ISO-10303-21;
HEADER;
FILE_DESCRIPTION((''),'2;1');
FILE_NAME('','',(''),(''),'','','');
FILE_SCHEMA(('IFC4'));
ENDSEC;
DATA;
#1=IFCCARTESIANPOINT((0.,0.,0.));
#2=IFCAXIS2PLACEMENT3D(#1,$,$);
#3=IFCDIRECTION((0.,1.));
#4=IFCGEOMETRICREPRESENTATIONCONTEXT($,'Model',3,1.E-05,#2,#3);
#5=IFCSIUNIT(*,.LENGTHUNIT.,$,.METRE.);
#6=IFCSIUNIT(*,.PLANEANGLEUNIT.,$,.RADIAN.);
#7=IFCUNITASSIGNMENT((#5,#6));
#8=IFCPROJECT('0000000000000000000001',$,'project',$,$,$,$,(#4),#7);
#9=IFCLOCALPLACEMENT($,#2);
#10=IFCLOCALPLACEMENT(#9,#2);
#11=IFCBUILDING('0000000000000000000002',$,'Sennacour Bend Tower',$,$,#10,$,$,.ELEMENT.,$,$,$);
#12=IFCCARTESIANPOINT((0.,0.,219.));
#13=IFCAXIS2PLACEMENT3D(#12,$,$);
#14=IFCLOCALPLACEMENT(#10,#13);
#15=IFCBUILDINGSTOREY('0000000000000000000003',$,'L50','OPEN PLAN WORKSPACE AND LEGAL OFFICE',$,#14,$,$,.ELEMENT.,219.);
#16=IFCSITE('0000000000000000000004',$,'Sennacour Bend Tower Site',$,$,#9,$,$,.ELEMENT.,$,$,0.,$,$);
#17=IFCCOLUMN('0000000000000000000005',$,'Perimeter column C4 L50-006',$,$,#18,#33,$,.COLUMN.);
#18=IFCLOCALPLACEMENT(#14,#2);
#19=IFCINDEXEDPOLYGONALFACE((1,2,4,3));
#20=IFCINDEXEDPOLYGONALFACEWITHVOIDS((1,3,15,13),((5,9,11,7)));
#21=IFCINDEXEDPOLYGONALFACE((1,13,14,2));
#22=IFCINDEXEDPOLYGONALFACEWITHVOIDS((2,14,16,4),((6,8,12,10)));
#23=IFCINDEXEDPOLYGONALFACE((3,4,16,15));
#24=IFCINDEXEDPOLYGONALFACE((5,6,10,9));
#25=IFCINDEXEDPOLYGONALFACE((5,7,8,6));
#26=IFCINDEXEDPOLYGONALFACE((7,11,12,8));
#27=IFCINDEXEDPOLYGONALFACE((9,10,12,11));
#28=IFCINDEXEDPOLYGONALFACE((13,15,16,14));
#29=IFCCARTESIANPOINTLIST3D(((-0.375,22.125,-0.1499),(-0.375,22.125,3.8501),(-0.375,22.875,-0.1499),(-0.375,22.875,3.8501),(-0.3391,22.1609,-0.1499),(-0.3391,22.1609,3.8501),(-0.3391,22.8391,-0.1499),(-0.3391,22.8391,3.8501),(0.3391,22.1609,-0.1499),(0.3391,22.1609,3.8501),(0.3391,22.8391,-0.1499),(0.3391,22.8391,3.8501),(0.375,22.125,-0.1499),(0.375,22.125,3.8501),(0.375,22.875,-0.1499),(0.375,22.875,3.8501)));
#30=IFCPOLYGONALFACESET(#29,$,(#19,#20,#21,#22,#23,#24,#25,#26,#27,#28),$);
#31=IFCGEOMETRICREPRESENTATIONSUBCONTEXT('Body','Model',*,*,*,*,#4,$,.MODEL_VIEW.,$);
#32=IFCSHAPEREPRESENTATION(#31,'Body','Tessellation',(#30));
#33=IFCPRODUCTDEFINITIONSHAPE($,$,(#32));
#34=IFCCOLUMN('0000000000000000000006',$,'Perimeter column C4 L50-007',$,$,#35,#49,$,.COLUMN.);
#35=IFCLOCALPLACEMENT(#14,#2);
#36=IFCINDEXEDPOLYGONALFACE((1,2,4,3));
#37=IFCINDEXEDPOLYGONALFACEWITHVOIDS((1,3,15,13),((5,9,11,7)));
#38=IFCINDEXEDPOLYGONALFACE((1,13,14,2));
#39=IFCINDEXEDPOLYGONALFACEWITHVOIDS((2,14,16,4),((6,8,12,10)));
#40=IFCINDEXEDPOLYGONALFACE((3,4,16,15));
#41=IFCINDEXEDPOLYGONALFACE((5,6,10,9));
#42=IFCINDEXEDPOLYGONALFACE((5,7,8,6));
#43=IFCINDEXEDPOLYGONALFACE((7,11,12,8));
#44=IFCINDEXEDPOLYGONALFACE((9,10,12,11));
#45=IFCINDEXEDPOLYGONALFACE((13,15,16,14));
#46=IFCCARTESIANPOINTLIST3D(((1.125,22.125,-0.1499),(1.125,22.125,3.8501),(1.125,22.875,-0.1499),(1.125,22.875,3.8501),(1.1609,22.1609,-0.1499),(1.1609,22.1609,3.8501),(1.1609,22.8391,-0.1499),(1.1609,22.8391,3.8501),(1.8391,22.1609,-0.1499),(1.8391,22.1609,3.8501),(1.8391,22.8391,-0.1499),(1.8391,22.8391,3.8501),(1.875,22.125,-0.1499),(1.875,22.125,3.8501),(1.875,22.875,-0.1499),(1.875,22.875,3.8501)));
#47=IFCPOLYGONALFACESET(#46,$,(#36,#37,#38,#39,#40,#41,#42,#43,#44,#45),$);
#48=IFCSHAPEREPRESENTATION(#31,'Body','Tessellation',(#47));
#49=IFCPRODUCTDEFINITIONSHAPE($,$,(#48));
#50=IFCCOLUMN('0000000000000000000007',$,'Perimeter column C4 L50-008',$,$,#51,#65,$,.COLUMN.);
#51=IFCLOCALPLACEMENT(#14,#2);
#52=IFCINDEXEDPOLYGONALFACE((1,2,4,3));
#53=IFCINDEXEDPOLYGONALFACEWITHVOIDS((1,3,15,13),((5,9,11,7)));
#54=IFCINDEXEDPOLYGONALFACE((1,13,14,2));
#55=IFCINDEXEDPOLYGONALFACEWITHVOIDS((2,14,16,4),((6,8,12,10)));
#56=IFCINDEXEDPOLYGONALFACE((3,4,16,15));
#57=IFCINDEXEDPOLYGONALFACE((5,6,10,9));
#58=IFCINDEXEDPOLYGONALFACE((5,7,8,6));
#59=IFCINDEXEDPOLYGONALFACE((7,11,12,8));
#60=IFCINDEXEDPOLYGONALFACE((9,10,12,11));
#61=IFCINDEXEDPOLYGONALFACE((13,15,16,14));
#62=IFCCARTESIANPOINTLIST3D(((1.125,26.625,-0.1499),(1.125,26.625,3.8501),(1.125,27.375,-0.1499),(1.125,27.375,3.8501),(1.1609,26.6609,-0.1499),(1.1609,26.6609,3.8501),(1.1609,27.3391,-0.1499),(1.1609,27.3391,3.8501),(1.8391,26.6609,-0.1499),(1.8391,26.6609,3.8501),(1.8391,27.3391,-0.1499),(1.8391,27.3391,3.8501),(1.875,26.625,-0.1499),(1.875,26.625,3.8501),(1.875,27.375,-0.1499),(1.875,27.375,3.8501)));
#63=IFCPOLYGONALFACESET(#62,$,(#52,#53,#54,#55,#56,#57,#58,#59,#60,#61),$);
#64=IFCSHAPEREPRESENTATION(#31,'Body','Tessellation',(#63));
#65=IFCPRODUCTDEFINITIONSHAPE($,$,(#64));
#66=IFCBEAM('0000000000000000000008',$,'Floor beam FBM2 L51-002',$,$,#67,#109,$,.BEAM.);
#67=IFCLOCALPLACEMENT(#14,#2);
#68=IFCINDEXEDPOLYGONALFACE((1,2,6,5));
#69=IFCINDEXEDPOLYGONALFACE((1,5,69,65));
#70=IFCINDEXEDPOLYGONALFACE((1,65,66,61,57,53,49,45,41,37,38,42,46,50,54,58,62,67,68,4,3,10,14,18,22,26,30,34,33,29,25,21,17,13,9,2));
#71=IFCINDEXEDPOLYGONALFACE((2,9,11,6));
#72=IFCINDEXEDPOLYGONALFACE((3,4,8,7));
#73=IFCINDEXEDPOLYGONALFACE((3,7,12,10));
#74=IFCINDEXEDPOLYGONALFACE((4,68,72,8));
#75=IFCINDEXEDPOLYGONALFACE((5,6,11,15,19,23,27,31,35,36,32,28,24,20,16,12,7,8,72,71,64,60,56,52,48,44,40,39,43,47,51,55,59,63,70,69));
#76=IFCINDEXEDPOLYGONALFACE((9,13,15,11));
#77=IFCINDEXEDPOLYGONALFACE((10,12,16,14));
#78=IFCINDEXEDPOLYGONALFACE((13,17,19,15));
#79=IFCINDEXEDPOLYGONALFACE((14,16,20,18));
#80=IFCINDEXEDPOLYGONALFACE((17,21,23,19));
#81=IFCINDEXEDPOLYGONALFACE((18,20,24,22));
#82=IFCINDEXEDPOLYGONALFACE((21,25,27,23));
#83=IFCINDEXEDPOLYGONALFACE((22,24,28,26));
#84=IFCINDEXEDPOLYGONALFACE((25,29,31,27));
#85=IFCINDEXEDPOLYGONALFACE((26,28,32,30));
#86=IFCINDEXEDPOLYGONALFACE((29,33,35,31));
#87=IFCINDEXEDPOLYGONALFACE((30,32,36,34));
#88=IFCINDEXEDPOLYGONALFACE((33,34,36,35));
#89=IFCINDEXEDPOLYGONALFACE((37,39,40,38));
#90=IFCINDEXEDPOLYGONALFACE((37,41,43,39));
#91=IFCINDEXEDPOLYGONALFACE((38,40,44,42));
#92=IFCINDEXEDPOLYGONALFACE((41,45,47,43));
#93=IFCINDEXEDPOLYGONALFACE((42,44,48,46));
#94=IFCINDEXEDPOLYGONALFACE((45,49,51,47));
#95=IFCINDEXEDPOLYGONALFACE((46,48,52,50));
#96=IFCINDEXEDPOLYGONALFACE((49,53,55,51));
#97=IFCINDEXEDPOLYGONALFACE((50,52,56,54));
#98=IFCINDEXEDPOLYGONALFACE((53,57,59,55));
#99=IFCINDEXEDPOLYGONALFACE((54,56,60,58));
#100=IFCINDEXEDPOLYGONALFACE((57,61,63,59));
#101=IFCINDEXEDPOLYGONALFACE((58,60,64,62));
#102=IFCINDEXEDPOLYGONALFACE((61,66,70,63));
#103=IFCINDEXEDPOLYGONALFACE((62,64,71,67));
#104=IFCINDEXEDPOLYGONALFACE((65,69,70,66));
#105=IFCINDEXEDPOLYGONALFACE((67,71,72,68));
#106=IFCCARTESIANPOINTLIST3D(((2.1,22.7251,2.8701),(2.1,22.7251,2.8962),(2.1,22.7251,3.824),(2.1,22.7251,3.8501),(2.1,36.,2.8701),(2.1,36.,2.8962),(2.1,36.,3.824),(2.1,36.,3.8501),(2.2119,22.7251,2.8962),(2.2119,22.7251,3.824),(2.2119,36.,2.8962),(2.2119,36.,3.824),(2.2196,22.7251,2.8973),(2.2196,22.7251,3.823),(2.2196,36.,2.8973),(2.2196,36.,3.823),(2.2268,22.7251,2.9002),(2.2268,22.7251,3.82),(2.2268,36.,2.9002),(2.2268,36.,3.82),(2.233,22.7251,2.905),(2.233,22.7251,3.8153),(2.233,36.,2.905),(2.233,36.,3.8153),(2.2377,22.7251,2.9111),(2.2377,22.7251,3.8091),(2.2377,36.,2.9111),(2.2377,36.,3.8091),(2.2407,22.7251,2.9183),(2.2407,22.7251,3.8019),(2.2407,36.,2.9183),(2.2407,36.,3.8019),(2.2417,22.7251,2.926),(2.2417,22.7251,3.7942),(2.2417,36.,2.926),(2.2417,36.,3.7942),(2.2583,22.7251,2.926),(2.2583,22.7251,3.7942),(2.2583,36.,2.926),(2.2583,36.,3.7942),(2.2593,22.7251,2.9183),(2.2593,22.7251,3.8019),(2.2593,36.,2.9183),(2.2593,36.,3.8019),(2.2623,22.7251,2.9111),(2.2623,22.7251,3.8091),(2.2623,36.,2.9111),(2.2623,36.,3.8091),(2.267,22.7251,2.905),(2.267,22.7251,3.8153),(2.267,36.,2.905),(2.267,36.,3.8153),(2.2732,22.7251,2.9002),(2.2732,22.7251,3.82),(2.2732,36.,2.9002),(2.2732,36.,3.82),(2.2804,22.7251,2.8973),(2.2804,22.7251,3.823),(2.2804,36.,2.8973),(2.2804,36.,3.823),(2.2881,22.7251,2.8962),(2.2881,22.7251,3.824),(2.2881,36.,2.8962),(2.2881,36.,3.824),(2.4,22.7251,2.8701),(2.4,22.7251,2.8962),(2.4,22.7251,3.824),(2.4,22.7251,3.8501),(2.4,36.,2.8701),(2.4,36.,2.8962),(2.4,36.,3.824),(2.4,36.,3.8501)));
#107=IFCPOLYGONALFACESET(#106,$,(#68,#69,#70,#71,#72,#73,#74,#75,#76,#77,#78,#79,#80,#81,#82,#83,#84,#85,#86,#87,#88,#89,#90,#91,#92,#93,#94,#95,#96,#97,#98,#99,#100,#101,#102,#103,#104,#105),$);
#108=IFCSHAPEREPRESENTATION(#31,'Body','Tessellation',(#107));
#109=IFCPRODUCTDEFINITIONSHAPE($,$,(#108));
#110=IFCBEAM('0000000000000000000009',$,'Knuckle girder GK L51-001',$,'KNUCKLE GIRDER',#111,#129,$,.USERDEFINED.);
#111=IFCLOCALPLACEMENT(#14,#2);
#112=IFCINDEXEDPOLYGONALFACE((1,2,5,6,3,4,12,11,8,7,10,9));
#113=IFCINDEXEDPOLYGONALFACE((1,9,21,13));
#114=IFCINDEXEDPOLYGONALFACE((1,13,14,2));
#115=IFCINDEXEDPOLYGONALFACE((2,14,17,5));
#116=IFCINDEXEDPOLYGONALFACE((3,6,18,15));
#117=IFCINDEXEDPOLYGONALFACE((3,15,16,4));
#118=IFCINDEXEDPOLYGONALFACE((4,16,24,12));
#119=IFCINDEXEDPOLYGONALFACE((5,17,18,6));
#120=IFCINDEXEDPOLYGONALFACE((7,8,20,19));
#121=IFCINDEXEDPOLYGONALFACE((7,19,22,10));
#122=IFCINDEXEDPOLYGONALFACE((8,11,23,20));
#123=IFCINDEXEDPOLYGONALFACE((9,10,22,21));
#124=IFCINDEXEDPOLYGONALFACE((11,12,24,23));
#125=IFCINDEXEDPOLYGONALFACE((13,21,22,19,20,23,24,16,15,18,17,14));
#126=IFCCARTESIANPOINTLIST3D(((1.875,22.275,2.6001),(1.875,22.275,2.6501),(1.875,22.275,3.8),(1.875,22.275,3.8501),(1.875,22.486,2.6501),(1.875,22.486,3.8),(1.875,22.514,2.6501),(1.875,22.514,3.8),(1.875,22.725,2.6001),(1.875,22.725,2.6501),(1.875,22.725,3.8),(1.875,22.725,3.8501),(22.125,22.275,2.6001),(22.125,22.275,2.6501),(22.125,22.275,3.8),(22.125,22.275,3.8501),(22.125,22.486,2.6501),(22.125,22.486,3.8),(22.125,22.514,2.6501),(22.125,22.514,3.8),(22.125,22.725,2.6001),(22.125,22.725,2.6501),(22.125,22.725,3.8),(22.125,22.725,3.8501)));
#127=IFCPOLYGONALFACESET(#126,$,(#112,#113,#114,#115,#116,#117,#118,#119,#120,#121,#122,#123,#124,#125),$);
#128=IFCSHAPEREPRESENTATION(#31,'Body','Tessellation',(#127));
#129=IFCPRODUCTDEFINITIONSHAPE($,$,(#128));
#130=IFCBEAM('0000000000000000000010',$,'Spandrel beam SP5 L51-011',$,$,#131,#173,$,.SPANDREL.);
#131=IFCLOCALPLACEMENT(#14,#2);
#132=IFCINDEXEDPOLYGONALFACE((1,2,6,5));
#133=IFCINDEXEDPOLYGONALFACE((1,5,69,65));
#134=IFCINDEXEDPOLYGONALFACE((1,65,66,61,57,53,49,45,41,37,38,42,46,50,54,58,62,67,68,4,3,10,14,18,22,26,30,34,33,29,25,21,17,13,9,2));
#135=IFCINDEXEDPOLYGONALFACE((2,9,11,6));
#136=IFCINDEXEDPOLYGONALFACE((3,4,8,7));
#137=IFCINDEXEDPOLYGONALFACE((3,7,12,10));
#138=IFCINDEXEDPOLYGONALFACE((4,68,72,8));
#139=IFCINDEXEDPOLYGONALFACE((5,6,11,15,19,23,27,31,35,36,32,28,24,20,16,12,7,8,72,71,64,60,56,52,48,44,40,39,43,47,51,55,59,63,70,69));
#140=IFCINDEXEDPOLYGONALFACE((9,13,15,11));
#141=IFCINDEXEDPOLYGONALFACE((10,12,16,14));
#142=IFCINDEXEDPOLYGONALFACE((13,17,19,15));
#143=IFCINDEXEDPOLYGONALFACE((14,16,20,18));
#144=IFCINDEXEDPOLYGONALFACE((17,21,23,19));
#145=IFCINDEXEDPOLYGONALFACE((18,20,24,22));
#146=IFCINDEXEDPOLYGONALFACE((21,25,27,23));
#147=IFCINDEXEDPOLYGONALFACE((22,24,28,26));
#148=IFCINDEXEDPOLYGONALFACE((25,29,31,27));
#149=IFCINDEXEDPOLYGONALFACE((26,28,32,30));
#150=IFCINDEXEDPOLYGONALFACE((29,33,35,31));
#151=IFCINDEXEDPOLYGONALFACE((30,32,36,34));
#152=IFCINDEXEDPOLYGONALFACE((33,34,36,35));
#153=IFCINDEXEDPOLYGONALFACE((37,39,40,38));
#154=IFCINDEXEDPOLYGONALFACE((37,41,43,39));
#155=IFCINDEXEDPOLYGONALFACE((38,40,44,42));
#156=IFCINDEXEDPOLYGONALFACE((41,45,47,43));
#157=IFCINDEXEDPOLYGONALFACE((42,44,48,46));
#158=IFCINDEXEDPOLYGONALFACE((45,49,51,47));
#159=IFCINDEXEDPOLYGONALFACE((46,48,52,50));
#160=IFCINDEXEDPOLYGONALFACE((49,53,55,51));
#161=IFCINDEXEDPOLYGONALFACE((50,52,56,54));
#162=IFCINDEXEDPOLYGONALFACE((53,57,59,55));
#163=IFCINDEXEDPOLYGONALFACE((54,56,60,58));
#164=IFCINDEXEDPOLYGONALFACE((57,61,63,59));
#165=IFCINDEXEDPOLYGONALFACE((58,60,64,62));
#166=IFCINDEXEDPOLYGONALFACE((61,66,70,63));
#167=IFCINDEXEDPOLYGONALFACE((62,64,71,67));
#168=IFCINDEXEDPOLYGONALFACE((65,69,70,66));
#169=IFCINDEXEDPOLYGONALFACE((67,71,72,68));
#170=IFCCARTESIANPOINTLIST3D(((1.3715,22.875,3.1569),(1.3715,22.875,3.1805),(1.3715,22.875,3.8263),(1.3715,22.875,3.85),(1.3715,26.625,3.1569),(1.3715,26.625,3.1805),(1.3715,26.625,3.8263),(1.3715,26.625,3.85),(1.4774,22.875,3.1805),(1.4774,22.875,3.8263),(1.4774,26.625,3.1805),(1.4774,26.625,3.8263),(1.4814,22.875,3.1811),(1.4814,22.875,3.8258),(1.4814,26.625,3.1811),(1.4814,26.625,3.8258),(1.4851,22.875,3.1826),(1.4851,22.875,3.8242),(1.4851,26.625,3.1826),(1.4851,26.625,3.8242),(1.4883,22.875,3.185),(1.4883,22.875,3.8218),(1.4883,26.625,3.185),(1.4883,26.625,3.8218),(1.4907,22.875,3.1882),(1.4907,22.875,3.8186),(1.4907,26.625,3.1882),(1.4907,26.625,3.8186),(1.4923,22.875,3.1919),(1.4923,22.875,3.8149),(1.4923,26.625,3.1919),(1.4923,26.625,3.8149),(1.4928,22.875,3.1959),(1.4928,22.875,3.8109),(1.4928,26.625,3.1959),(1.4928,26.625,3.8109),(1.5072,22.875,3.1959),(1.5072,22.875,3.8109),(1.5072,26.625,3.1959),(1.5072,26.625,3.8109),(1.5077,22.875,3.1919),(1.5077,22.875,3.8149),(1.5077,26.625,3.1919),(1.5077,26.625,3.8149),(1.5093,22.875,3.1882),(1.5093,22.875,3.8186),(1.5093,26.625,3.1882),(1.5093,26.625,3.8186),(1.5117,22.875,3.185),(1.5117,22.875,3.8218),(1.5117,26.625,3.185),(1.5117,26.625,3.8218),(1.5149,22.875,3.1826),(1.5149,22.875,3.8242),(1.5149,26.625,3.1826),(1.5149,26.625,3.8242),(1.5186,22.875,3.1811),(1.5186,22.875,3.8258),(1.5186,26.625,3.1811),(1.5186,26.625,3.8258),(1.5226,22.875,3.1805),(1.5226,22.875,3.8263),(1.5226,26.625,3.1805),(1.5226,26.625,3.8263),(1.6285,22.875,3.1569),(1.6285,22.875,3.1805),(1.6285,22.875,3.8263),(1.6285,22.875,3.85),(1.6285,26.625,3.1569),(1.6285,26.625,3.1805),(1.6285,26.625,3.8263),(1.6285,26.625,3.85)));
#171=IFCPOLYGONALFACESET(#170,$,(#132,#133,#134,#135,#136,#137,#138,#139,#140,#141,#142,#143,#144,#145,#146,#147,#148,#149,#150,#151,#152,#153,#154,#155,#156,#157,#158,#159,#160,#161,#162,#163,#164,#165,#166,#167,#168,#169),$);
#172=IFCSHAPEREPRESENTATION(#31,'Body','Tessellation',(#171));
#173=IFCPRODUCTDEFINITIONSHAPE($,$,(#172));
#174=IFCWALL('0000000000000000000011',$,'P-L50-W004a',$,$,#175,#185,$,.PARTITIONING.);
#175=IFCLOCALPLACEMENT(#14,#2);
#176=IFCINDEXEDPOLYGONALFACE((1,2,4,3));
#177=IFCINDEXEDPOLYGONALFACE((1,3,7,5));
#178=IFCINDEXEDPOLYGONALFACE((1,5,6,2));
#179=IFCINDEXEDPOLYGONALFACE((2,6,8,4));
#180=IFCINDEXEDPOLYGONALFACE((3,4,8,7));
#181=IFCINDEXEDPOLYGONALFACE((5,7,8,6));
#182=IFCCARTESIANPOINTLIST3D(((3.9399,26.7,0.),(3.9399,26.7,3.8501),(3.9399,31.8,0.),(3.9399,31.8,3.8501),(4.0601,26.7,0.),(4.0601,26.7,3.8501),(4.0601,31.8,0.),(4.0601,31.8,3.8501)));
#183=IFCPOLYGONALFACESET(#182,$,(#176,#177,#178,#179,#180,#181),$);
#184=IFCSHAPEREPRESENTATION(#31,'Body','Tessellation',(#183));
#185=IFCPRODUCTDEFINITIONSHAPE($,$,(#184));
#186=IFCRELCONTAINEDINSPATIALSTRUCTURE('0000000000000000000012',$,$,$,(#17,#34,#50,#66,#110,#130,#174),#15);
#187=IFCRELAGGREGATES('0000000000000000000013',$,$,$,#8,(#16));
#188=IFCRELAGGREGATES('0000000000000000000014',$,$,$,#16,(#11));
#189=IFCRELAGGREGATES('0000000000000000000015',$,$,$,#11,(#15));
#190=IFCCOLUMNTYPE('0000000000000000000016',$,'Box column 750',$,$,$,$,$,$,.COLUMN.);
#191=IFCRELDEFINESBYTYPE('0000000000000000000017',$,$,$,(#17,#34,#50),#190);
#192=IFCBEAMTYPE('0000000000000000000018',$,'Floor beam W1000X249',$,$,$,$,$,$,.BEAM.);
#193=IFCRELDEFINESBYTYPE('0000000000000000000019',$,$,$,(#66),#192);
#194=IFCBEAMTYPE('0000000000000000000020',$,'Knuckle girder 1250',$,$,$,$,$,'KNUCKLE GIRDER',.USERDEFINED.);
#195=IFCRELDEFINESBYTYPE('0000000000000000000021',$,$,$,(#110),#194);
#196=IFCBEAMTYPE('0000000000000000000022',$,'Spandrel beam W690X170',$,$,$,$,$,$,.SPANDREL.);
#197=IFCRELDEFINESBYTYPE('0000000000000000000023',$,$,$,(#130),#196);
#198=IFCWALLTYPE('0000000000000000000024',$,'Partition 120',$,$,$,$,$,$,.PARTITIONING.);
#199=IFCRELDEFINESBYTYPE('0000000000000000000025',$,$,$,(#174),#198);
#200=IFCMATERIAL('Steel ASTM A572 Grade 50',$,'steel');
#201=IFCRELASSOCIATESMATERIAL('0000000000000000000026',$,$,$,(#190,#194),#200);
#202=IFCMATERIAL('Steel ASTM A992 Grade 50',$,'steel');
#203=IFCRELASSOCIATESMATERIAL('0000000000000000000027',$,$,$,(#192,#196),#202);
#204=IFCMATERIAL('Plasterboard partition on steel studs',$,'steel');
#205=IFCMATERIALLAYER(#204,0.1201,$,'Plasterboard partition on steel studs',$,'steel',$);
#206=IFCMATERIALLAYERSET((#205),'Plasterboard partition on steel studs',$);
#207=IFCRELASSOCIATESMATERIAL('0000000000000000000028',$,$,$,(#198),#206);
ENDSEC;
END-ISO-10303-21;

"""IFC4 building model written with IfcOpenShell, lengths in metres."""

from ifc_helpers import new_model, si_unit, direction, frame, frame_2d, origin, origin_2d, place, context, subcontext, project, spatial, rectangle, hollow_rectangle, i_section, extrude, material, layer, layer_set, material_profile, profile_set, type_object, element, save


model = new_model("IFC4")

# Units and contexts
model_context = context("Model", 3, precision=1e-05, world=origin(), true_north=direction((0.0, 1.0)))
body_context = subcontext(model_context, "Body", "Model", "MODEL_VIEW")
ifc_project = project(units=[si_unit("LENGTHUNIT", "METRE"), si_unit("PLANEANGLEUNIT", "RADIAN")], contexts=[model_context])

# Site, building, storey
site_placement = place(None, origin())
site = spatial("IfcSite", under=ifc_project, at=site_placement, Name="Sennacour Bend Tower Site", CompositionType="ELEMENT", RefElevation=0.0)
building_placement = place(site_placement, origin())
building = spatial("IfcBuilding", under=site, at=building_placement, Name="Sennacour Bend Tower", CompositionType="ELEMENT")
storey_placement = place(building_placement, frame((0.0, 0.0, 219.0)))
storey = spatial("IfcBuildingStorey", under=building, at=storey_placement, Name="L50", Description="OPEN PLAN WORKSPACE AND LEGAL OFFICE", CompositionType="ELEMENT", Elevation=219.0)

# Columns
ifc_material_1 = material(Name="Steel ASTM A572 Grade 50", Category="steel")
ifc_material_profile_1 = material_profile(ifc_material_1, hollow_rectangle(XDim=0.75, YDim=0.75, WallThickness=0.0359, at=origin_2d()), Name="Steel ASTM A572 Grade 50", Category="steel")
ifc_profile_set_1 = profile_set([ifc_material_profile_1], Name="Steel ASTM A572 Grade 50")
column_type = type_object("IfcColumnType", Name="Box column 750", PredefinedType="COLUMN", material=ifc_profile_set_1)
for number, where, z_axis, x_axis, name in (
    (1, (0.0, 22.5, -0.1499), (0.0, 0.0, 1.0), (1.0, 0.0, 0.0), "Perimeter column C4 L50-006"),
    (2, (1.5, 22.5, -0.1499), (0.0, 0.0, 1.0), (1.0, 0.0, 0.0), "Perimeter column C4 L50-007"),
    (3, (1.5, 27.0, -0.1499), (0.0, 0.0, 1.0), (1.0, 0.0, 0.0), "Perimeter column C4 L50-008"),
):
    element("IfcColumn", number, at=place(storey_placement, frame(where, z_axis=z_axis, x_axis=x_axis)), inside=storey, type_object=column_type, Name=name, PredefinedType="COLUMN", context=body_context, shape_type="SweptSolid", body=[
        extrude(hollow_rectangle(XDim=0.75, YDim=0.75, WallThickness=0.0359, at=origin_2d()), origin(), (0.0, 0.0, 1.0), 4.0),
    ])

# Beams
ifc_material_2 = material(Name="Steel ASTM A992 Grade 50", Category="steel")
ifc_material_profile_2 = material_profile(ifc_material_2, i_section(OverallWidth=0.3, OverallDepth=0.98, WebThickness=0.0166, FlangeThickness=0.0261, FilletRadius=0.0298, at=origin_2d()), Name="Steel ASTM A992 Grade 50", Category="steel")
ifc_profile_set_2 = profile_set([ifc_material_profile_2], Name="Steel ASTM A992 Grade 50")
beam_type_1 = type_object("IfcBeamType", Name="Floor beam W1000X249", PredefinedType="BEAM", material=ifc_profile_set_2)
beam_1_placement = place(storey_placement, frame((2.25, 22.7251, 3.3601), z_axis=(0.0, 1.0, 0.0), x_axis=(-1.0, 0.0, 0.0)))
element("IfcBeam", 4, at=beam_1_placement, inside=storey, type_object=beam_type_1, Name="Floor beam FBM2 L51-002", PredefinedType="BEAM", context=body_context, shape_type="SweptSolid", body=[
    extrude(i_section(OverallWidth=0.3, OverallDepth=0.98, WebThickness=0.0166, FlangeThickness=0.0261, FilletRadius=0.0298, at=origin_2d()), origin(), (0.0, 0.0, 1.0), 13.2749),
])
ifc_material_profile_3 = material_profile(ifc_material_1, i_section(OverallWidth=0.45, OverallDepth=1.25, WebThickness=0.0281, FlangeThickness=0.05, at=origin_2d()), Name="Steel ASTM A572 Grade 50", Category="steel")
ifc_profile_set_3 = profile_set([ifc_material_profile_3], Name="Steel ASTM A572 Grade 50")
beam_type_2 = type_object("IfcBeamType", Name="Knuckle girder 1250", ElementType="KNUCKLE GIRDER", PredefinedType="USERDEFINED", material=ifc_profile_set_3)
beam_2_placement = place(storey_placement, frame((1.875, 22.5, 3.2251), z_axis=(1.0, 0.0, 0.0), x_axis=(0.0, 1.0, 0.0)))
element("IfcBeam", 5, at=beam_2_placement, inside=storey, type_object=beam_type_2, Name="Knuckle girder GK L51-001", ObjectType="KNUCKLE GIRDER", PredefinedType="USERDEFINED", context=body_context, shape_type="SweptSolid", body=[
    extrude(i_section(OverallWidth=0.45, OverallDepth=1.25, WebThickness=0.0281, FlangeThickness=0.05, at=origin_2d()), origin(), (0.0, 0.0, 1.0), 20.25),
])
ifc_material_profile_4 = material_profile(ifc_material_2, i_section(OverallWidth=0.2571, OverallDepth=0.6931, WebThickness=0.0144, FlangeThickness=0.0237, FilletRadius=0.0154, at=origin_2d()), Name="Steel ASTM A992 Grade 50", Category="steel")
ifc_profile_set_4 = profile_set([ifc_material_profile_4], Name="Steel ASTM A992 Grade 50")
beam_type_3 = type_object("IfcBeamType", Name="Spandrel beam W690X170", PredefinedType="SPANDREL", material=ifc_profile_set_4)
beam_3_placement = place(storey_placement, frame((1.5, 22.875, 3.5034), z_axis=(0.0, 1.0, 0.0), x_axis=(-1.0, 0.0, 0.0)))
element("IfcBeam", 6, at=beam_3_placement, inside=storey, type_object=beam_type_3, Name="Spandrel beam SP5 L51-011", PredefinedType="SPANDREL", context=body_context, shape_type="SweptSolid", body=[
    extrude(i_section(OverallWidth=0.2571, OverallDepth=0.6931, WebThickness=0.0144, FlangeThickness=0.0237, FilletRadius=0.0154, at=origin_2d()), origin(), (0.0, 0.0, 1.0), 3.75),
])

# Wall
ifc_material_3 = material(Name="Plasterboard partition on steel studs", Category="steel")
ifc_layer_1 = layer(ifc_material_3, 0.1201, Name="Plasterboard partition on steel studs", Category="steel")
ifc_layer_set_1 = layer_set([ifc_layer_1], Name="Plasterboard partition on steel studs")
wall_type_1 = type_object("IfcWallType", Name="Partition 120", PredefinedType="PARTITIONING", material=ifc_layer_set_1)
wall_1_placement = place(storey_placement, frame((4.0, 26.7, 0.0), z_axis=(0.0, 0.0, 1.0), x_axis=(0.0, 1.0, 0.0)))
element("IfcWall", 7, at=wall_1_placement, inside=storey, type_object=wall_type_1, Name="P-L50-W004a", PredefinedType="PARTITIONING", context=body_context, shape_type="SweptSolid", body=[
    extrude(rectangle(XDim=5.1001, YDim=0.1201, at=frame_2d((2.55, 0.0))), origin(), (0.0, 0.0, 1.0), 3.8501),
])

save(model, "model.ifc")
